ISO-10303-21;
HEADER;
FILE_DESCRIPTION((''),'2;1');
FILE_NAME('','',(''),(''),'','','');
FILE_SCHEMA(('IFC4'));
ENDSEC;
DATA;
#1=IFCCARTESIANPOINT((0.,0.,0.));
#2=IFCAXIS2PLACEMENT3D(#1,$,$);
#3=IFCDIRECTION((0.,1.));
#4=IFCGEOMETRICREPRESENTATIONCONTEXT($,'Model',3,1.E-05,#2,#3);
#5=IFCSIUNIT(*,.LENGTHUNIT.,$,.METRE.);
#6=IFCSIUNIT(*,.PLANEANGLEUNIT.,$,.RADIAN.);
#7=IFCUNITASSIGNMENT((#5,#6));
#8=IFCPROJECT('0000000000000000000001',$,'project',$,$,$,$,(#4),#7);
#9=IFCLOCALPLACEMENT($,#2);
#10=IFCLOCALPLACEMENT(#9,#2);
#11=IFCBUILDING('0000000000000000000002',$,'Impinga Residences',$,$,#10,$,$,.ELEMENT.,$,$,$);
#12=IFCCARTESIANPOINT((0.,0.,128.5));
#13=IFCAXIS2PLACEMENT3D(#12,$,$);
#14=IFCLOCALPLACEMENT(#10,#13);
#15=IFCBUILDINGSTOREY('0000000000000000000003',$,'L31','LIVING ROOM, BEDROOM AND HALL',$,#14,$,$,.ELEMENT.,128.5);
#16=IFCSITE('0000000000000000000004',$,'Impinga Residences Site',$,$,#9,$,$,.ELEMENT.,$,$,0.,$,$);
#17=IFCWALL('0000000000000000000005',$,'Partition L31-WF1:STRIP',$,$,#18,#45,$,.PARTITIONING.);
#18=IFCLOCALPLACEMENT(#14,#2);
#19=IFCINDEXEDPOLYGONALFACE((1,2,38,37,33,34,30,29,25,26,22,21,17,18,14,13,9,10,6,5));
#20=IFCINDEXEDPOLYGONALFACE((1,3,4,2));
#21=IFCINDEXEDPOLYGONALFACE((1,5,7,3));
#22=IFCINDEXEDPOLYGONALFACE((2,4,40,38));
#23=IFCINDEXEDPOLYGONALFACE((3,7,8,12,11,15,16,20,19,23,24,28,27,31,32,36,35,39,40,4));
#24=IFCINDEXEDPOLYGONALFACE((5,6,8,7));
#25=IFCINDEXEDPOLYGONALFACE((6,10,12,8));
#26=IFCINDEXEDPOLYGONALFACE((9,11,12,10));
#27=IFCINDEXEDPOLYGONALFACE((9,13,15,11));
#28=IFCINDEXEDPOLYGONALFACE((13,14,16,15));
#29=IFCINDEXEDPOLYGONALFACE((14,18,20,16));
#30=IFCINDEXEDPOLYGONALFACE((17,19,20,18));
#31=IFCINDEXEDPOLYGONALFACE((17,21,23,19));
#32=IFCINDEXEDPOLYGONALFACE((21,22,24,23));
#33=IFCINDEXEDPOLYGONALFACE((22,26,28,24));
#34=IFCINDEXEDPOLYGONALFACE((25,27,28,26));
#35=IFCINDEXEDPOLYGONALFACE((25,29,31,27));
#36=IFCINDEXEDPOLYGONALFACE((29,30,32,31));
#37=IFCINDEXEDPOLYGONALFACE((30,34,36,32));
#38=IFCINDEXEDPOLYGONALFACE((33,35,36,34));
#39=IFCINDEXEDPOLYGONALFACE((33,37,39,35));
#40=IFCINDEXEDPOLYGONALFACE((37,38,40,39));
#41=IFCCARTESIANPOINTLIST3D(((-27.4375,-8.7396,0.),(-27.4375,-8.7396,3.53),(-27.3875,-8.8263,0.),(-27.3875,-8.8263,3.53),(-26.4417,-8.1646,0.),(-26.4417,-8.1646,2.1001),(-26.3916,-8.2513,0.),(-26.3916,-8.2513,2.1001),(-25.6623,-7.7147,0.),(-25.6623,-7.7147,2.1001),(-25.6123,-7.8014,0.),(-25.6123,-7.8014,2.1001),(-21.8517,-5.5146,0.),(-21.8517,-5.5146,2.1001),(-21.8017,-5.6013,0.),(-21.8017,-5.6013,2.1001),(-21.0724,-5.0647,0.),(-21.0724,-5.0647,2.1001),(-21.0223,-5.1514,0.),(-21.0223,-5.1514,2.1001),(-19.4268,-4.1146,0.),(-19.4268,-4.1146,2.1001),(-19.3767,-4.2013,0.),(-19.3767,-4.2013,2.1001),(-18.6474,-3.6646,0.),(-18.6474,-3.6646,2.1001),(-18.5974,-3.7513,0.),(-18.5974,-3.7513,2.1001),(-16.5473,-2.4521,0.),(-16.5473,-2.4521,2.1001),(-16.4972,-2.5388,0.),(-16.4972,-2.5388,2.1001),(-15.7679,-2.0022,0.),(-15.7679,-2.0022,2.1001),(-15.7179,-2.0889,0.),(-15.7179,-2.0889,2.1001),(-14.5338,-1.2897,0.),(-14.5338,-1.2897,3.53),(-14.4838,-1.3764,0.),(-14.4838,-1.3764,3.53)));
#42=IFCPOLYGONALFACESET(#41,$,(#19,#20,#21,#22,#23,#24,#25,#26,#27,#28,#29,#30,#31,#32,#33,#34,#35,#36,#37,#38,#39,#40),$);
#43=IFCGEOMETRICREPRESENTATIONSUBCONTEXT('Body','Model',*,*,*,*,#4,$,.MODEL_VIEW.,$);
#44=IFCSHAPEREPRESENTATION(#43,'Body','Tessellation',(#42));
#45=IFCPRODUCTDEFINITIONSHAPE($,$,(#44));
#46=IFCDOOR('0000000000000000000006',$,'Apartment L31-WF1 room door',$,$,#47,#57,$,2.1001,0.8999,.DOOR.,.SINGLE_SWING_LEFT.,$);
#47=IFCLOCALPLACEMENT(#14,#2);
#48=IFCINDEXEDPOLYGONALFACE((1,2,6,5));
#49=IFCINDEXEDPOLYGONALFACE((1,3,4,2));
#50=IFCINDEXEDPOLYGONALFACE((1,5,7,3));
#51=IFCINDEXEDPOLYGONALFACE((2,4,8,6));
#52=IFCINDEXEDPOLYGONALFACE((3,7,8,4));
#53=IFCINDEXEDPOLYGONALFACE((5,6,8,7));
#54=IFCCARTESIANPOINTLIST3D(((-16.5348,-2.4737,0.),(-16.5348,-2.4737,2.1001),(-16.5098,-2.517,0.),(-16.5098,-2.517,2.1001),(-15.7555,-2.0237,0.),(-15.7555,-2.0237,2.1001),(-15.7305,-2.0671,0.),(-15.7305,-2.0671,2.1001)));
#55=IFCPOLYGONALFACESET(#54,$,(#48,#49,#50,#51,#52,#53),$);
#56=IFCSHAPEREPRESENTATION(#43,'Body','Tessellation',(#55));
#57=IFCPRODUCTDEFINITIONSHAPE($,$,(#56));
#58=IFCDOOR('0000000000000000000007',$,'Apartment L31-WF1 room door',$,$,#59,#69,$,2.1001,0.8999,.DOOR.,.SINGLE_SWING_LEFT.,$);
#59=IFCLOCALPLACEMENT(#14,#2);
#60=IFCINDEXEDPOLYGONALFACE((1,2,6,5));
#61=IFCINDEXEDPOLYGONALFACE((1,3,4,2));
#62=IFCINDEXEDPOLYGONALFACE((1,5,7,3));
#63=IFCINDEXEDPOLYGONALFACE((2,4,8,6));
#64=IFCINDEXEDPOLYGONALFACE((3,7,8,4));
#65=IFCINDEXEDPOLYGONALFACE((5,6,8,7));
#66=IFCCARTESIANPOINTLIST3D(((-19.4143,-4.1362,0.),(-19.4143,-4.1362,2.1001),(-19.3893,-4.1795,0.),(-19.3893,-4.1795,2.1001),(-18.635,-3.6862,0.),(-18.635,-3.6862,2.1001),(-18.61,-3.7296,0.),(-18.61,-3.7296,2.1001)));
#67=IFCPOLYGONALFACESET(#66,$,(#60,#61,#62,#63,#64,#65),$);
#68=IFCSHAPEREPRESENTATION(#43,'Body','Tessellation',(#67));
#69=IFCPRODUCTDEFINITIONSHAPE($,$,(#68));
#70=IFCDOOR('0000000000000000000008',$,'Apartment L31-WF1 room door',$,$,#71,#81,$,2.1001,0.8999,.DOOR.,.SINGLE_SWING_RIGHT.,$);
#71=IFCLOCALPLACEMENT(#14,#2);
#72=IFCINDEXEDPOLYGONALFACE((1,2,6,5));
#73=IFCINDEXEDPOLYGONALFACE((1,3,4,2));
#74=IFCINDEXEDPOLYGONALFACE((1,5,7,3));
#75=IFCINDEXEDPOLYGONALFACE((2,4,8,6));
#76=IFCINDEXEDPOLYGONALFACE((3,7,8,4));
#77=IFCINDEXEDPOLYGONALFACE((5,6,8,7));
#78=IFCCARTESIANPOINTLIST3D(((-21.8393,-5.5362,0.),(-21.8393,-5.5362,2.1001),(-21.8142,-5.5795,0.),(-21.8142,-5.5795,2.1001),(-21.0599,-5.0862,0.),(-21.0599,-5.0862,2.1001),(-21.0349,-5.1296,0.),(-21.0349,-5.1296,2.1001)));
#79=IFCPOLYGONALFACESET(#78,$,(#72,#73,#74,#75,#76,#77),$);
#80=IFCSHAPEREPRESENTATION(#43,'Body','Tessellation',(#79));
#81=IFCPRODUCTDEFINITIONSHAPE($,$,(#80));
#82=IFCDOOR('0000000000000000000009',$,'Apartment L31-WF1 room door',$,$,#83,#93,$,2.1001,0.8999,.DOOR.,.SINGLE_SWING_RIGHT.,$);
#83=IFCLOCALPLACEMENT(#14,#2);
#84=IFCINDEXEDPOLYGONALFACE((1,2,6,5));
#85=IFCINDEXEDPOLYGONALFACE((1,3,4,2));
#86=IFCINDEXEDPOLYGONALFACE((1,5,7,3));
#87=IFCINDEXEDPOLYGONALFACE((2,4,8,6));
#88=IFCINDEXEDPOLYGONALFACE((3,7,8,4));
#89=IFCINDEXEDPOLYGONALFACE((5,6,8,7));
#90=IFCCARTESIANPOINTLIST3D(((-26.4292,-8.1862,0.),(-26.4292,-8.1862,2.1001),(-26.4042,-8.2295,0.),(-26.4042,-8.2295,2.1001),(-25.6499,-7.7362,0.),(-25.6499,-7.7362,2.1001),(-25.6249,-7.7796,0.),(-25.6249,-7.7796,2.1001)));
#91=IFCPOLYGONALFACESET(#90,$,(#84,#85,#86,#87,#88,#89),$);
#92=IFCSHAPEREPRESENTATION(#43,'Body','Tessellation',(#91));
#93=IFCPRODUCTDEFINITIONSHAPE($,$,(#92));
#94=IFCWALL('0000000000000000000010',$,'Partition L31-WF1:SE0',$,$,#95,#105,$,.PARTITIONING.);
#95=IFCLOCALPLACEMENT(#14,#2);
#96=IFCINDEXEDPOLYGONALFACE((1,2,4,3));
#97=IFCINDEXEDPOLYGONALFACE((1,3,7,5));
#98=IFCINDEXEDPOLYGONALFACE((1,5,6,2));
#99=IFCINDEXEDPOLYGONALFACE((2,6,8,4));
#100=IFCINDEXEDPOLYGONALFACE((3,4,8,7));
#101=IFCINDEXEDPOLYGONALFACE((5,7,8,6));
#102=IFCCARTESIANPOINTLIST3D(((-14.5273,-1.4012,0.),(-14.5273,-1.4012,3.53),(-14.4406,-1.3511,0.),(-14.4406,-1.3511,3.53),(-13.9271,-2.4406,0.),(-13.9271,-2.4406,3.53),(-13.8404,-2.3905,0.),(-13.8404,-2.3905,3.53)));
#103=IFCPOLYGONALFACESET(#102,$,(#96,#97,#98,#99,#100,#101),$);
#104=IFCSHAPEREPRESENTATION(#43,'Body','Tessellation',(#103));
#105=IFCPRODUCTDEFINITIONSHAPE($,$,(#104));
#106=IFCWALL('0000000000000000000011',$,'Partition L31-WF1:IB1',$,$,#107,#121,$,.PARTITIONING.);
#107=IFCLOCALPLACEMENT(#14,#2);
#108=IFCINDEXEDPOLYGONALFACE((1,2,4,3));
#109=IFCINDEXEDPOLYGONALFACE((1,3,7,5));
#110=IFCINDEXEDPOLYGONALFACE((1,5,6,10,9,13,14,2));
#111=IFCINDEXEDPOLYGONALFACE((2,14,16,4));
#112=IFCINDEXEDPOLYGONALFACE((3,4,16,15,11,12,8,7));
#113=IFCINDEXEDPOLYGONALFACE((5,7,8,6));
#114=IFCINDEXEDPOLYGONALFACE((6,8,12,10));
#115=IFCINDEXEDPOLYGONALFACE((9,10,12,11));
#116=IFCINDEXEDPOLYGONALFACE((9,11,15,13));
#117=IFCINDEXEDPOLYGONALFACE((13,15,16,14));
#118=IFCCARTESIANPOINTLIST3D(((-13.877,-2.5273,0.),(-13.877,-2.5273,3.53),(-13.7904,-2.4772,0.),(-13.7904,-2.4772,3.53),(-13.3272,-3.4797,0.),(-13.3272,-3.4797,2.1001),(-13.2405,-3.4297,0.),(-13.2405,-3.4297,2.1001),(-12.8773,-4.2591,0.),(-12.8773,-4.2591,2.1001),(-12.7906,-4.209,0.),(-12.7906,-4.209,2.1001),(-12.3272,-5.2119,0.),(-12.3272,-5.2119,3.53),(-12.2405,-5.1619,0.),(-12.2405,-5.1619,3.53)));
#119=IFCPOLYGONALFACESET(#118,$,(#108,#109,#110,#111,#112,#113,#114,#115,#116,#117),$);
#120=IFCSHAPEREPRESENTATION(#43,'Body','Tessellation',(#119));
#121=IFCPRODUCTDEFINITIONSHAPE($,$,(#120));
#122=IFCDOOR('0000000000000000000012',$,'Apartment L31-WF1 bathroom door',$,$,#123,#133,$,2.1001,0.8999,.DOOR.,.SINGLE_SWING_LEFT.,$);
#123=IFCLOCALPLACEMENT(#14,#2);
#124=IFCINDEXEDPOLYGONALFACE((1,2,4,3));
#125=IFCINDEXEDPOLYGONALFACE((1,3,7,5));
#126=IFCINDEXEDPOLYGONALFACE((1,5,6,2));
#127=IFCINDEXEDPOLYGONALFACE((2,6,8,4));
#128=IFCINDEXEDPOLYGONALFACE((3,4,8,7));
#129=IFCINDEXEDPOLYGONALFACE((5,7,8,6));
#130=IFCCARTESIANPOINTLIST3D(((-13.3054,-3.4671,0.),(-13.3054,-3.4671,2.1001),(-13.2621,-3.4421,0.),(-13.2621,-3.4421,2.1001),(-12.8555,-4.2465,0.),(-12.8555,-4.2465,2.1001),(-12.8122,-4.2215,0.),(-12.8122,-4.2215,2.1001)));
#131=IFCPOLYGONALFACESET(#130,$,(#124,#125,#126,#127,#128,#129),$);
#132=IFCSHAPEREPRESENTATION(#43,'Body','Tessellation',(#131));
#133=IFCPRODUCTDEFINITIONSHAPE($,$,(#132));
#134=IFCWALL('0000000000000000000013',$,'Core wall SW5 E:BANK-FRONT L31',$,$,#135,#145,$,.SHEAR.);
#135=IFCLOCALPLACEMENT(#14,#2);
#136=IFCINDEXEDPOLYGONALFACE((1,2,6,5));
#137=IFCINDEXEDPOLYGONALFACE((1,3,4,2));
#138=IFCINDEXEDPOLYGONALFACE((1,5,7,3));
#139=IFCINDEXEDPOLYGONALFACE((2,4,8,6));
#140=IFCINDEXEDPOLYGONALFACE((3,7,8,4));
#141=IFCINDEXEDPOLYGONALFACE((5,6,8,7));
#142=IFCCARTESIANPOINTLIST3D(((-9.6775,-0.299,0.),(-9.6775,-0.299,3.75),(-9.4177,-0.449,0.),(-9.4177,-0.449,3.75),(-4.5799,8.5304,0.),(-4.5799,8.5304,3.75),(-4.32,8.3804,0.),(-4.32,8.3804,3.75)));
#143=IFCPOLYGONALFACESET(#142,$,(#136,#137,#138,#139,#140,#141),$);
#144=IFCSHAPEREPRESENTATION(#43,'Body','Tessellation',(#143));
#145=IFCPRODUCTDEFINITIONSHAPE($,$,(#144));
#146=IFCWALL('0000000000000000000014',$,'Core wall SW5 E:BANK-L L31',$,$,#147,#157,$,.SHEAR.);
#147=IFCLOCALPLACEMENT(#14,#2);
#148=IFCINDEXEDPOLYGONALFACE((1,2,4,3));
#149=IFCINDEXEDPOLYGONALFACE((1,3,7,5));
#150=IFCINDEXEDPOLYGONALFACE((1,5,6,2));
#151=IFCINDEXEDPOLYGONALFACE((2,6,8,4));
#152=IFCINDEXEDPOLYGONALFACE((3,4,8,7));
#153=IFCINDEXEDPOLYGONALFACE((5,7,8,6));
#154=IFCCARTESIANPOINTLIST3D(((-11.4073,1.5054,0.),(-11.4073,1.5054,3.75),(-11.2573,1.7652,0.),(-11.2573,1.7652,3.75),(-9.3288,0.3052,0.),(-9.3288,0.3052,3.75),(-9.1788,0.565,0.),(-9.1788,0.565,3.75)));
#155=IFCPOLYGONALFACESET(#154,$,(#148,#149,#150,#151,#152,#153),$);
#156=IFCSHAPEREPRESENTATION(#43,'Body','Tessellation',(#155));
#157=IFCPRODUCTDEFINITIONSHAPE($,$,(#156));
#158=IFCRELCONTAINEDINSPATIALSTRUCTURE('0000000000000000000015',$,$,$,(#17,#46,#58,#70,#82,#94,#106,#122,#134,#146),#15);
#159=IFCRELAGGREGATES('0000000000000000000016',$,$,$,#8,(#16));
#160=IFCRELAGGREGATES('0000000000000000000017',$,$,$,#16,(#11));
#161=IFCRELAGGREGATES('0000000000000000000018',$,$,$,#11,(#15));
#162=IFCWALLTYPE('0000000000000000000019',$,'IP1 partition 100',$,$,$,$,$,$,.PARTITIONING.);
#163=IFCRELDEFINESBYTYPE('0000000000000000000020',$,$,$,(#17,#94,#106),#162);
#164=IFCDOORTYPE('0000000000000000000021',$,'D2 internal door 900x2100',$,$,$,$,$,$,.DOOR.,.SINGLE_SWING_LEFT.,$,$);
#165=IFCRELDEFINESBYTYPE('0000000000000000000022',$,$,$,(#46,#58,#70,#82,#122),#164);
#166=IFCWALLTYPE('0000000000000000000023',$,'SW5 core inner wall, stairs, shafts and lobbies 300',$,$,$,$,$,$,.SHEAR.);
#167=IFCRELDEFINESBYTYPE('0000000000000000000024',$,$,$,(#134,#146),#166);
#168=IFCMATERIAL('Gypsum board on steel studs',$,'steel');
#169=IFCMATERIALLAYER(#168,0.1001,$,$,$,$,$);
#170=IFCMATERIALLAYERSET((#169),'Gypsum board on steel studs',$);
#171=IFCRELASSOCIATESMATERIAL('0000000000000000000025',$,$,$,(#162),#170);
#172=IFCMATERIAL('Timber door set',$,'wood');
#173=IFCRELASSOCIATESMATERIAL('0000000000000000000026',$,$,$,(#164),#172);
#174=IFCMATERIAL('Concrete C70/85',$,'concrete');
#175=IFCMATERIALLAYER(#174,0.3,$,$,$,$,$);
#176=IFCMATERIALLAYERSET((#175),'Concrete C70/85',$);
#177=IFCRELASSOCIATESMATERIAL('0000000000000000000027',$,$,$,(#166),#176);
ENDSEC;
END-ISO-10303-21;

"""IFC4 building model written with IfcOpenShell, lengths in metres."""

from ifc_helpers import new_model, si_unit, direction, frame, frame_2d, origin, place, context, subcontext, project, spatial, rectangle, extrude, material, layer, layer_set, type_object, element, fill, save


model = new_model("IFC4")

# Units and contexts
model_context = context("Model", 3, precision=1e-05, world=origin(), true_north=direction((0.0, 1.0)))
body_context = subcontext(model_context, "Body", "Model", "MODEL_VIEW")
ifc_project = project(units=[si_unit("LENGTHUNIT", "METRE"), si_unit("PLANEANGLEUNIT", "RADIAN")], contexts=[model_context])

# Site, building, storey
site_placement = place(None, origin())
site = spatial("IfcSite", under=ifc_project, at=site_placement, Name="Impinga Residences Site", CompositionType="ELEMENT", RefElevation=0.0)
building_placement = place(site_placement, origin())
building = spatial("IfcBuilding", under=site, at=building_placement, Name="Impinga Residences", CompositionType="ELEMENT")
storey_placement = place(building_placement, frame((0.0, 0.0, 128.5)))
storey = spatial("IfcBuildingStorey", under=building, at=storey_placement, Name="L31", Description="LIVING ROOM, BEDROOM AND HALL", CompositionType="ELEMENT", Elevation=128.5)

# Shared definitions
ifc_material_1 = material(Name="Timber door set", Category="wood")

# Shared definitions
ifc_material_2 = material(Name="Gypsum board on steel studs", Category="steel")
ifc_layer_1 = layer(ifc_material_2, 0.1001)
ifc_layer_set_1 = layer_set([ifc_layer_1], Name="Gypsum board on steel studs")
wall_type_1 = type_object("IfcWallType", Name="IP1 partition 100", PredefinedType="PARTITIONING", material=ifc_layer_set_1)
door_type_1 = type_object("IfcDoorType", Name="D2 internal door 900x2100", OperationType="SINGLE_SWING_LEFT", PredefinedType="DOOR", material=ifc_material_1)

# Wall, openings, doors
wall_1_placement = place(storey_placement, frame((-14.5088, -1.333, 0.0), z_axis=(0.0, 0.0, 1.0), x_axis=(-0.866027, -0.499997, 0.0)))
wall_1 = element("IfcWall", 1, at=wall_1_placement, inside=storey, type_object=wall_type_1, Name="Partition L31-WF1:STRIP", PredefinedType="PARTITIONING", context=body_context, shape_type="SweptSolid", body=[
    extrude(rectangle(XDim=14.8999, YDim=0.1001, at=frame_2d((7.45, 0.0))), origin(), (0.0, 0.0, 1.0), 3.53),
])
opening_1_placement = place(wall_1_placement, frame((1.425, 0.0, 0.0)))
opening_1 = element("IfcOpeningElement", 2, at=opening_1_placement, cuts=wall_1, PredefinedType="OPENING", context=body_context, shape_type="SweptSolid", body=[
    extrude(rectangle(XDim=0.8999, YDim=2.1001, at=frame_2d((0.45, 1.05))), frame((0.0, 0.0601, 0.0), z_axis=(0.0, -1.0, 0.0), x_axis=(1.0, 0.0, 0.0)), (0.0, 0.0, 1.0), 0.1201),
])
opening_2_placement = place(wall_1_placement, frame((4.75, 0.0, 0.0)))
opening_2 = element("IfcOpeningElement", 3, at=opening_2_placement, cuts=wall_1, PredefinedType="OPENING", context=body_context, shape_type="SweptSolid", body=[
    extrude(rectangle(XDim=0.8999, YDim=2.1001, at=frame_2d((0.45, 1.05))), frame((0.0, 0.0601, 0.0), z_axis=(0.0, -1.0, 0.0), x_axis=(1.0, 0.0, 0.0)), (0.0, 0.0, 1.0), 0.1201),
])
opening_3_placement = place(wall_1_placement, frame((7.55, 0.0, 0.0)))
opening_3 = element("IfcOpeningElement", 4, at=opening_3_placement, cuts=wall_1, PredefinedType="OPENING", context=body_context, shape_type="SweptSolid", body=[
    extrude(rectangle(XDim=0.8999, YDim=2.1001, at=frame_2d((0.45, 1.05))), frame((0.0, 0.0601, 0.0), z_axis=(0.0, -1.0, 0.0), x_axis=(1.0, 0.0, 0.0)), (0.0, 0.0, 1.0), 0.1201),
])
opening_4_placement = place(wall_1_placement, frame((12.8501, 0.0, 0.0)))
opening_4 = element("IfcOpeningElement", 5, at=opening_4_placement, cuts=wall_1, PredefinedType="OPENING", context=body_context, shape_type="SweptSolid", body=[
    extrude(rectangle(XDim=0.8999, YDim=2.1001, at=frame_2d((0.45, 1.05))), frame((0.0, 0.0601, 0.0), z_axis=(0.0, -1.0, 0.0), x_axis=(1.0, 0.0, 0.0)), (0.0, 0.0, 1.0), 0.1201),
])
door_1_placement = place(opening_1_placement, origin())
door_1 = element("IfcDoor", 6, at=door_1_placement, inside=storey, type_object=door_type_1, Name="Apartment L31-WF1 room door", OperationType="SINGLE_SWING_LEFT", OverallHeight=2.1001, OverallWidth=0.8999, PredefinedType="DOOR", context=body_context, shape_type="SweptSolid", body=[
    extrude(rectangle(XDim=0.8999, YDim=2.1001, at=frame_2d((0.45, 1.05))), frame((0.0, 0.0249, 0.0), z_axis=(0.0, -1.0, 0.0), x_axis=(1.0, 0.0, 0.0)), (0.0, 0.0, 1.0), 0.05),
])
fill(opening_1, door_1)
door_2_placement = place(opening_2_placement, origin())
door_2 = element("IfcDoor", 7, at=door_2_placement, inside=storey, type_object=door_type_1, Name="Apartment L31-WF1 room door", OperationType="SINGLE_SWING_LEFT", OverallHeight=2.1001, OverallWidth=0.8999, PredefinedType="DOOR", context=body_context, shape_type="SweptSolid", body=[
    extrude(rectangle(XDim=0.8999, YDim=2.1001, at=frame_2d((0.45, 1.05))), frame((0.0, 0.0249, 0.0), z_axis=(0.0, -1.0, 0.0), x_axis=(1.0, 0.0, 0.0)), (0.0, 0.0, 1.0), 0.05),
])
fill(opening_2, door_2)
door_3_placement = place(opening_3_placement, origin())
door_3 = element("IfcDoor", 8, at=door_3_placement, inside=storey, type_object=door_type_1, Name="Apartment L31-WF1 room door", OperationType="SINGLE_SWING_RIGHT", OverallHeight=2.1001, OverallWidth=0.8999, PredefinedType="DOOR", context=body_context, shape_type="SweptSolid", body=[
    extrude(rectangle(XDim=0.8999, YDim=2.1001, at=frame_2d((0.45, 1.05))), frame((0.0, 0.0249, 0.0), z_axis=(0.0, -1.0, 0.0), x_axis=(1.0, 0.0, 0.0)), (0.0, 0.0, 1.0), 0.05),
])
fill(opening_3, door_3)
door_4_placement = place(opening_4_placement, origin())
door_4 = element("IfcDoor", 9, at=door_4_placement, inside=storey, type_object=door_type_1, Name="Apartment L31-WF1 room door", OperationType="SINGLE_SWING_RIGHT", OverallHeight=2.1001, OverallWidth=0.8999, PredefinedType="DOOR", context=body_context, shape_type="SweptSolid", body=[
    extrude(rectangle(XDim=0.8999, YDim=2.1001, at=frame_2d((0.45, 1.05))), frame((0.0, 0.0249, 0.0), z_axis=(0.0, -1.0, 0.0), x_axis=(1.0, 0.0, 0.0)), (0.0, 0.0, 1.0), 0.05),
])
fill(opening_4, door_4)

# Wall
wall_2_placement = place(storey_placement, frame((-13.8838, -2.4155, 0.0), z_axis=(0.0, 0.0, 1.0), x_axis=(-0.500034, 0.866006, 0.0)))
element("IfcWall", 10, at=wall_2_placement, inside=storey, type_object=wall_type_1, Name="Partition L31-WF1:SE0", PredefinedType="PARTITIONING", context=body_context, shape_type="SweptSolid", body=[
    extrude(rectangle(XDim=1.2002, YDim=0.1001, at=frame_2d((0.6001, 0.0))), origin(), (0.0, 0.0, 1.0), 3.53),
])

# Wall, opening, door
wall_3_placement = place(storey_placement, frame((-12.2839, -5.1868, 0.0), z_axis=(0.0, 0.0, 1.0), x_axis=(-0.499968, 0.866044, 0.0)))
wall_3 = element("IfcWall", 11, at=wall_3_placement, inside=storey, type_object=wall_type_1, Name="Partition L31-WF1:IB1", PredefinedType="PARTITIONING", context=body_context, shape_type="SweptSolid", body=[
    extrude(rectangle(XDim=3.0999, YDim=0.1001, at=frame_2d((1.5498, 0.0))), origin(), (0.0, 0.0, 1.0), 3.53),
])
opening_5_placement = place(wall_3_placement, frame((1.1001, 0.0, 0.0)))
opening_5 = element("IfcOpeningElement", 12, at=opening_5_placement, cuts=wall_3, PredefinedType="OPENING", context=body_context, shape_type="SweptSolid", body=[
    extrude(rectangle(XDim=0.8999, YDim=2.1001, at=frame_2d((0.45, 1.05))), frame((0.0, 0.0601, 0.0), z_axis=(0.0, -1.0, 0.0), x_axis=(1.0, 0.0, 0.0)), (0.0, 0.0, 1.0), 0.1201),
])
door_5_placement = place(opening_5_placement, origin())
door_5 = element("IfcDoor", 13, at=door_5_placement, inside=storey, type_object=door_type_1, Name="Apartment L31-WF1 bathroom door", OperationType="SINGLE_SWING_LEFT", OverallHeight=2.1001, OverallWidth=0.8999, PredefinedType="DOOR", context=body_context, shape_type="SweptSolid", body=[
    extrude(rectangle(XDim=0.8999, YDim=2.1001, at=frame_2d((0.45, 1.05))), frame((0.0, 0.0249, 0.0), z_axis=(0.0, -1.0, 0.0), x_axis=(1.0, 0.0, 0.0)), (0.0, 0.0, 1.0), 0.05),
])
fill(opening_5, door_5)

# Walls
ifc_material_3 = material(Name="Concrete C70/85", Category="concrete")
ifc_layer_2 = layer(ifc_material_3, 0.3)
ifc_layer_set_2 = layer_set([ifc_layer_2], Name="Concrete C70/85")
wall_type_2 = type_object("IfcWallType", Name="SW5 core inner wall, stairs, shafts and lobbies 300", PredefinedType="SHEAR", material=ifc_layer_set_2)
wall_4_placement = place(storey_placement, frame((-9.5476, -0.374, 0.0), z_axis=(0.0, 0.0, 1.0), x_axis=(0.500002, 0.866024, 0.0)))
element("IfcWall", 14, at=wall_4_placement, inside=storey, type_object=wall_type_2, Name="Core wall SW5 E:BANK-FRONT L31", PredefinedType="SHEAR", context=body_context, shape_type="SweptSolid", body=[
    extrude(rectangle(XDim=10.1953, YDim=0.3, at=frame_2d((5.0977, 0.0))), origin(), (0.0, 0.0, 1.0), 3.75),
])
wall_5_placement = place(storey_placement, frame((-9.2537, 0.4351, 0.0), z_axis=(0.0, 0.0, 1.0), x_axis=(-0.866006, 0.500034, 0.0)))
element("IfcWall", 15, at=wall_5_placement, inside=storey, type_object=wall_type_2, Name="Core wall SW5 E:BANK-L L31", PredefinedType="SHEAR", context=body_context, shape_type="SweptSolid", body=[
    extrude(rectangle(XDim=2.4001, YDim=0.3, at=frame_2d((1.2002, 0.0))), origin(), (0.0, 0.0, 1.0), 3.75),
])

save(model, "model.ifc")
